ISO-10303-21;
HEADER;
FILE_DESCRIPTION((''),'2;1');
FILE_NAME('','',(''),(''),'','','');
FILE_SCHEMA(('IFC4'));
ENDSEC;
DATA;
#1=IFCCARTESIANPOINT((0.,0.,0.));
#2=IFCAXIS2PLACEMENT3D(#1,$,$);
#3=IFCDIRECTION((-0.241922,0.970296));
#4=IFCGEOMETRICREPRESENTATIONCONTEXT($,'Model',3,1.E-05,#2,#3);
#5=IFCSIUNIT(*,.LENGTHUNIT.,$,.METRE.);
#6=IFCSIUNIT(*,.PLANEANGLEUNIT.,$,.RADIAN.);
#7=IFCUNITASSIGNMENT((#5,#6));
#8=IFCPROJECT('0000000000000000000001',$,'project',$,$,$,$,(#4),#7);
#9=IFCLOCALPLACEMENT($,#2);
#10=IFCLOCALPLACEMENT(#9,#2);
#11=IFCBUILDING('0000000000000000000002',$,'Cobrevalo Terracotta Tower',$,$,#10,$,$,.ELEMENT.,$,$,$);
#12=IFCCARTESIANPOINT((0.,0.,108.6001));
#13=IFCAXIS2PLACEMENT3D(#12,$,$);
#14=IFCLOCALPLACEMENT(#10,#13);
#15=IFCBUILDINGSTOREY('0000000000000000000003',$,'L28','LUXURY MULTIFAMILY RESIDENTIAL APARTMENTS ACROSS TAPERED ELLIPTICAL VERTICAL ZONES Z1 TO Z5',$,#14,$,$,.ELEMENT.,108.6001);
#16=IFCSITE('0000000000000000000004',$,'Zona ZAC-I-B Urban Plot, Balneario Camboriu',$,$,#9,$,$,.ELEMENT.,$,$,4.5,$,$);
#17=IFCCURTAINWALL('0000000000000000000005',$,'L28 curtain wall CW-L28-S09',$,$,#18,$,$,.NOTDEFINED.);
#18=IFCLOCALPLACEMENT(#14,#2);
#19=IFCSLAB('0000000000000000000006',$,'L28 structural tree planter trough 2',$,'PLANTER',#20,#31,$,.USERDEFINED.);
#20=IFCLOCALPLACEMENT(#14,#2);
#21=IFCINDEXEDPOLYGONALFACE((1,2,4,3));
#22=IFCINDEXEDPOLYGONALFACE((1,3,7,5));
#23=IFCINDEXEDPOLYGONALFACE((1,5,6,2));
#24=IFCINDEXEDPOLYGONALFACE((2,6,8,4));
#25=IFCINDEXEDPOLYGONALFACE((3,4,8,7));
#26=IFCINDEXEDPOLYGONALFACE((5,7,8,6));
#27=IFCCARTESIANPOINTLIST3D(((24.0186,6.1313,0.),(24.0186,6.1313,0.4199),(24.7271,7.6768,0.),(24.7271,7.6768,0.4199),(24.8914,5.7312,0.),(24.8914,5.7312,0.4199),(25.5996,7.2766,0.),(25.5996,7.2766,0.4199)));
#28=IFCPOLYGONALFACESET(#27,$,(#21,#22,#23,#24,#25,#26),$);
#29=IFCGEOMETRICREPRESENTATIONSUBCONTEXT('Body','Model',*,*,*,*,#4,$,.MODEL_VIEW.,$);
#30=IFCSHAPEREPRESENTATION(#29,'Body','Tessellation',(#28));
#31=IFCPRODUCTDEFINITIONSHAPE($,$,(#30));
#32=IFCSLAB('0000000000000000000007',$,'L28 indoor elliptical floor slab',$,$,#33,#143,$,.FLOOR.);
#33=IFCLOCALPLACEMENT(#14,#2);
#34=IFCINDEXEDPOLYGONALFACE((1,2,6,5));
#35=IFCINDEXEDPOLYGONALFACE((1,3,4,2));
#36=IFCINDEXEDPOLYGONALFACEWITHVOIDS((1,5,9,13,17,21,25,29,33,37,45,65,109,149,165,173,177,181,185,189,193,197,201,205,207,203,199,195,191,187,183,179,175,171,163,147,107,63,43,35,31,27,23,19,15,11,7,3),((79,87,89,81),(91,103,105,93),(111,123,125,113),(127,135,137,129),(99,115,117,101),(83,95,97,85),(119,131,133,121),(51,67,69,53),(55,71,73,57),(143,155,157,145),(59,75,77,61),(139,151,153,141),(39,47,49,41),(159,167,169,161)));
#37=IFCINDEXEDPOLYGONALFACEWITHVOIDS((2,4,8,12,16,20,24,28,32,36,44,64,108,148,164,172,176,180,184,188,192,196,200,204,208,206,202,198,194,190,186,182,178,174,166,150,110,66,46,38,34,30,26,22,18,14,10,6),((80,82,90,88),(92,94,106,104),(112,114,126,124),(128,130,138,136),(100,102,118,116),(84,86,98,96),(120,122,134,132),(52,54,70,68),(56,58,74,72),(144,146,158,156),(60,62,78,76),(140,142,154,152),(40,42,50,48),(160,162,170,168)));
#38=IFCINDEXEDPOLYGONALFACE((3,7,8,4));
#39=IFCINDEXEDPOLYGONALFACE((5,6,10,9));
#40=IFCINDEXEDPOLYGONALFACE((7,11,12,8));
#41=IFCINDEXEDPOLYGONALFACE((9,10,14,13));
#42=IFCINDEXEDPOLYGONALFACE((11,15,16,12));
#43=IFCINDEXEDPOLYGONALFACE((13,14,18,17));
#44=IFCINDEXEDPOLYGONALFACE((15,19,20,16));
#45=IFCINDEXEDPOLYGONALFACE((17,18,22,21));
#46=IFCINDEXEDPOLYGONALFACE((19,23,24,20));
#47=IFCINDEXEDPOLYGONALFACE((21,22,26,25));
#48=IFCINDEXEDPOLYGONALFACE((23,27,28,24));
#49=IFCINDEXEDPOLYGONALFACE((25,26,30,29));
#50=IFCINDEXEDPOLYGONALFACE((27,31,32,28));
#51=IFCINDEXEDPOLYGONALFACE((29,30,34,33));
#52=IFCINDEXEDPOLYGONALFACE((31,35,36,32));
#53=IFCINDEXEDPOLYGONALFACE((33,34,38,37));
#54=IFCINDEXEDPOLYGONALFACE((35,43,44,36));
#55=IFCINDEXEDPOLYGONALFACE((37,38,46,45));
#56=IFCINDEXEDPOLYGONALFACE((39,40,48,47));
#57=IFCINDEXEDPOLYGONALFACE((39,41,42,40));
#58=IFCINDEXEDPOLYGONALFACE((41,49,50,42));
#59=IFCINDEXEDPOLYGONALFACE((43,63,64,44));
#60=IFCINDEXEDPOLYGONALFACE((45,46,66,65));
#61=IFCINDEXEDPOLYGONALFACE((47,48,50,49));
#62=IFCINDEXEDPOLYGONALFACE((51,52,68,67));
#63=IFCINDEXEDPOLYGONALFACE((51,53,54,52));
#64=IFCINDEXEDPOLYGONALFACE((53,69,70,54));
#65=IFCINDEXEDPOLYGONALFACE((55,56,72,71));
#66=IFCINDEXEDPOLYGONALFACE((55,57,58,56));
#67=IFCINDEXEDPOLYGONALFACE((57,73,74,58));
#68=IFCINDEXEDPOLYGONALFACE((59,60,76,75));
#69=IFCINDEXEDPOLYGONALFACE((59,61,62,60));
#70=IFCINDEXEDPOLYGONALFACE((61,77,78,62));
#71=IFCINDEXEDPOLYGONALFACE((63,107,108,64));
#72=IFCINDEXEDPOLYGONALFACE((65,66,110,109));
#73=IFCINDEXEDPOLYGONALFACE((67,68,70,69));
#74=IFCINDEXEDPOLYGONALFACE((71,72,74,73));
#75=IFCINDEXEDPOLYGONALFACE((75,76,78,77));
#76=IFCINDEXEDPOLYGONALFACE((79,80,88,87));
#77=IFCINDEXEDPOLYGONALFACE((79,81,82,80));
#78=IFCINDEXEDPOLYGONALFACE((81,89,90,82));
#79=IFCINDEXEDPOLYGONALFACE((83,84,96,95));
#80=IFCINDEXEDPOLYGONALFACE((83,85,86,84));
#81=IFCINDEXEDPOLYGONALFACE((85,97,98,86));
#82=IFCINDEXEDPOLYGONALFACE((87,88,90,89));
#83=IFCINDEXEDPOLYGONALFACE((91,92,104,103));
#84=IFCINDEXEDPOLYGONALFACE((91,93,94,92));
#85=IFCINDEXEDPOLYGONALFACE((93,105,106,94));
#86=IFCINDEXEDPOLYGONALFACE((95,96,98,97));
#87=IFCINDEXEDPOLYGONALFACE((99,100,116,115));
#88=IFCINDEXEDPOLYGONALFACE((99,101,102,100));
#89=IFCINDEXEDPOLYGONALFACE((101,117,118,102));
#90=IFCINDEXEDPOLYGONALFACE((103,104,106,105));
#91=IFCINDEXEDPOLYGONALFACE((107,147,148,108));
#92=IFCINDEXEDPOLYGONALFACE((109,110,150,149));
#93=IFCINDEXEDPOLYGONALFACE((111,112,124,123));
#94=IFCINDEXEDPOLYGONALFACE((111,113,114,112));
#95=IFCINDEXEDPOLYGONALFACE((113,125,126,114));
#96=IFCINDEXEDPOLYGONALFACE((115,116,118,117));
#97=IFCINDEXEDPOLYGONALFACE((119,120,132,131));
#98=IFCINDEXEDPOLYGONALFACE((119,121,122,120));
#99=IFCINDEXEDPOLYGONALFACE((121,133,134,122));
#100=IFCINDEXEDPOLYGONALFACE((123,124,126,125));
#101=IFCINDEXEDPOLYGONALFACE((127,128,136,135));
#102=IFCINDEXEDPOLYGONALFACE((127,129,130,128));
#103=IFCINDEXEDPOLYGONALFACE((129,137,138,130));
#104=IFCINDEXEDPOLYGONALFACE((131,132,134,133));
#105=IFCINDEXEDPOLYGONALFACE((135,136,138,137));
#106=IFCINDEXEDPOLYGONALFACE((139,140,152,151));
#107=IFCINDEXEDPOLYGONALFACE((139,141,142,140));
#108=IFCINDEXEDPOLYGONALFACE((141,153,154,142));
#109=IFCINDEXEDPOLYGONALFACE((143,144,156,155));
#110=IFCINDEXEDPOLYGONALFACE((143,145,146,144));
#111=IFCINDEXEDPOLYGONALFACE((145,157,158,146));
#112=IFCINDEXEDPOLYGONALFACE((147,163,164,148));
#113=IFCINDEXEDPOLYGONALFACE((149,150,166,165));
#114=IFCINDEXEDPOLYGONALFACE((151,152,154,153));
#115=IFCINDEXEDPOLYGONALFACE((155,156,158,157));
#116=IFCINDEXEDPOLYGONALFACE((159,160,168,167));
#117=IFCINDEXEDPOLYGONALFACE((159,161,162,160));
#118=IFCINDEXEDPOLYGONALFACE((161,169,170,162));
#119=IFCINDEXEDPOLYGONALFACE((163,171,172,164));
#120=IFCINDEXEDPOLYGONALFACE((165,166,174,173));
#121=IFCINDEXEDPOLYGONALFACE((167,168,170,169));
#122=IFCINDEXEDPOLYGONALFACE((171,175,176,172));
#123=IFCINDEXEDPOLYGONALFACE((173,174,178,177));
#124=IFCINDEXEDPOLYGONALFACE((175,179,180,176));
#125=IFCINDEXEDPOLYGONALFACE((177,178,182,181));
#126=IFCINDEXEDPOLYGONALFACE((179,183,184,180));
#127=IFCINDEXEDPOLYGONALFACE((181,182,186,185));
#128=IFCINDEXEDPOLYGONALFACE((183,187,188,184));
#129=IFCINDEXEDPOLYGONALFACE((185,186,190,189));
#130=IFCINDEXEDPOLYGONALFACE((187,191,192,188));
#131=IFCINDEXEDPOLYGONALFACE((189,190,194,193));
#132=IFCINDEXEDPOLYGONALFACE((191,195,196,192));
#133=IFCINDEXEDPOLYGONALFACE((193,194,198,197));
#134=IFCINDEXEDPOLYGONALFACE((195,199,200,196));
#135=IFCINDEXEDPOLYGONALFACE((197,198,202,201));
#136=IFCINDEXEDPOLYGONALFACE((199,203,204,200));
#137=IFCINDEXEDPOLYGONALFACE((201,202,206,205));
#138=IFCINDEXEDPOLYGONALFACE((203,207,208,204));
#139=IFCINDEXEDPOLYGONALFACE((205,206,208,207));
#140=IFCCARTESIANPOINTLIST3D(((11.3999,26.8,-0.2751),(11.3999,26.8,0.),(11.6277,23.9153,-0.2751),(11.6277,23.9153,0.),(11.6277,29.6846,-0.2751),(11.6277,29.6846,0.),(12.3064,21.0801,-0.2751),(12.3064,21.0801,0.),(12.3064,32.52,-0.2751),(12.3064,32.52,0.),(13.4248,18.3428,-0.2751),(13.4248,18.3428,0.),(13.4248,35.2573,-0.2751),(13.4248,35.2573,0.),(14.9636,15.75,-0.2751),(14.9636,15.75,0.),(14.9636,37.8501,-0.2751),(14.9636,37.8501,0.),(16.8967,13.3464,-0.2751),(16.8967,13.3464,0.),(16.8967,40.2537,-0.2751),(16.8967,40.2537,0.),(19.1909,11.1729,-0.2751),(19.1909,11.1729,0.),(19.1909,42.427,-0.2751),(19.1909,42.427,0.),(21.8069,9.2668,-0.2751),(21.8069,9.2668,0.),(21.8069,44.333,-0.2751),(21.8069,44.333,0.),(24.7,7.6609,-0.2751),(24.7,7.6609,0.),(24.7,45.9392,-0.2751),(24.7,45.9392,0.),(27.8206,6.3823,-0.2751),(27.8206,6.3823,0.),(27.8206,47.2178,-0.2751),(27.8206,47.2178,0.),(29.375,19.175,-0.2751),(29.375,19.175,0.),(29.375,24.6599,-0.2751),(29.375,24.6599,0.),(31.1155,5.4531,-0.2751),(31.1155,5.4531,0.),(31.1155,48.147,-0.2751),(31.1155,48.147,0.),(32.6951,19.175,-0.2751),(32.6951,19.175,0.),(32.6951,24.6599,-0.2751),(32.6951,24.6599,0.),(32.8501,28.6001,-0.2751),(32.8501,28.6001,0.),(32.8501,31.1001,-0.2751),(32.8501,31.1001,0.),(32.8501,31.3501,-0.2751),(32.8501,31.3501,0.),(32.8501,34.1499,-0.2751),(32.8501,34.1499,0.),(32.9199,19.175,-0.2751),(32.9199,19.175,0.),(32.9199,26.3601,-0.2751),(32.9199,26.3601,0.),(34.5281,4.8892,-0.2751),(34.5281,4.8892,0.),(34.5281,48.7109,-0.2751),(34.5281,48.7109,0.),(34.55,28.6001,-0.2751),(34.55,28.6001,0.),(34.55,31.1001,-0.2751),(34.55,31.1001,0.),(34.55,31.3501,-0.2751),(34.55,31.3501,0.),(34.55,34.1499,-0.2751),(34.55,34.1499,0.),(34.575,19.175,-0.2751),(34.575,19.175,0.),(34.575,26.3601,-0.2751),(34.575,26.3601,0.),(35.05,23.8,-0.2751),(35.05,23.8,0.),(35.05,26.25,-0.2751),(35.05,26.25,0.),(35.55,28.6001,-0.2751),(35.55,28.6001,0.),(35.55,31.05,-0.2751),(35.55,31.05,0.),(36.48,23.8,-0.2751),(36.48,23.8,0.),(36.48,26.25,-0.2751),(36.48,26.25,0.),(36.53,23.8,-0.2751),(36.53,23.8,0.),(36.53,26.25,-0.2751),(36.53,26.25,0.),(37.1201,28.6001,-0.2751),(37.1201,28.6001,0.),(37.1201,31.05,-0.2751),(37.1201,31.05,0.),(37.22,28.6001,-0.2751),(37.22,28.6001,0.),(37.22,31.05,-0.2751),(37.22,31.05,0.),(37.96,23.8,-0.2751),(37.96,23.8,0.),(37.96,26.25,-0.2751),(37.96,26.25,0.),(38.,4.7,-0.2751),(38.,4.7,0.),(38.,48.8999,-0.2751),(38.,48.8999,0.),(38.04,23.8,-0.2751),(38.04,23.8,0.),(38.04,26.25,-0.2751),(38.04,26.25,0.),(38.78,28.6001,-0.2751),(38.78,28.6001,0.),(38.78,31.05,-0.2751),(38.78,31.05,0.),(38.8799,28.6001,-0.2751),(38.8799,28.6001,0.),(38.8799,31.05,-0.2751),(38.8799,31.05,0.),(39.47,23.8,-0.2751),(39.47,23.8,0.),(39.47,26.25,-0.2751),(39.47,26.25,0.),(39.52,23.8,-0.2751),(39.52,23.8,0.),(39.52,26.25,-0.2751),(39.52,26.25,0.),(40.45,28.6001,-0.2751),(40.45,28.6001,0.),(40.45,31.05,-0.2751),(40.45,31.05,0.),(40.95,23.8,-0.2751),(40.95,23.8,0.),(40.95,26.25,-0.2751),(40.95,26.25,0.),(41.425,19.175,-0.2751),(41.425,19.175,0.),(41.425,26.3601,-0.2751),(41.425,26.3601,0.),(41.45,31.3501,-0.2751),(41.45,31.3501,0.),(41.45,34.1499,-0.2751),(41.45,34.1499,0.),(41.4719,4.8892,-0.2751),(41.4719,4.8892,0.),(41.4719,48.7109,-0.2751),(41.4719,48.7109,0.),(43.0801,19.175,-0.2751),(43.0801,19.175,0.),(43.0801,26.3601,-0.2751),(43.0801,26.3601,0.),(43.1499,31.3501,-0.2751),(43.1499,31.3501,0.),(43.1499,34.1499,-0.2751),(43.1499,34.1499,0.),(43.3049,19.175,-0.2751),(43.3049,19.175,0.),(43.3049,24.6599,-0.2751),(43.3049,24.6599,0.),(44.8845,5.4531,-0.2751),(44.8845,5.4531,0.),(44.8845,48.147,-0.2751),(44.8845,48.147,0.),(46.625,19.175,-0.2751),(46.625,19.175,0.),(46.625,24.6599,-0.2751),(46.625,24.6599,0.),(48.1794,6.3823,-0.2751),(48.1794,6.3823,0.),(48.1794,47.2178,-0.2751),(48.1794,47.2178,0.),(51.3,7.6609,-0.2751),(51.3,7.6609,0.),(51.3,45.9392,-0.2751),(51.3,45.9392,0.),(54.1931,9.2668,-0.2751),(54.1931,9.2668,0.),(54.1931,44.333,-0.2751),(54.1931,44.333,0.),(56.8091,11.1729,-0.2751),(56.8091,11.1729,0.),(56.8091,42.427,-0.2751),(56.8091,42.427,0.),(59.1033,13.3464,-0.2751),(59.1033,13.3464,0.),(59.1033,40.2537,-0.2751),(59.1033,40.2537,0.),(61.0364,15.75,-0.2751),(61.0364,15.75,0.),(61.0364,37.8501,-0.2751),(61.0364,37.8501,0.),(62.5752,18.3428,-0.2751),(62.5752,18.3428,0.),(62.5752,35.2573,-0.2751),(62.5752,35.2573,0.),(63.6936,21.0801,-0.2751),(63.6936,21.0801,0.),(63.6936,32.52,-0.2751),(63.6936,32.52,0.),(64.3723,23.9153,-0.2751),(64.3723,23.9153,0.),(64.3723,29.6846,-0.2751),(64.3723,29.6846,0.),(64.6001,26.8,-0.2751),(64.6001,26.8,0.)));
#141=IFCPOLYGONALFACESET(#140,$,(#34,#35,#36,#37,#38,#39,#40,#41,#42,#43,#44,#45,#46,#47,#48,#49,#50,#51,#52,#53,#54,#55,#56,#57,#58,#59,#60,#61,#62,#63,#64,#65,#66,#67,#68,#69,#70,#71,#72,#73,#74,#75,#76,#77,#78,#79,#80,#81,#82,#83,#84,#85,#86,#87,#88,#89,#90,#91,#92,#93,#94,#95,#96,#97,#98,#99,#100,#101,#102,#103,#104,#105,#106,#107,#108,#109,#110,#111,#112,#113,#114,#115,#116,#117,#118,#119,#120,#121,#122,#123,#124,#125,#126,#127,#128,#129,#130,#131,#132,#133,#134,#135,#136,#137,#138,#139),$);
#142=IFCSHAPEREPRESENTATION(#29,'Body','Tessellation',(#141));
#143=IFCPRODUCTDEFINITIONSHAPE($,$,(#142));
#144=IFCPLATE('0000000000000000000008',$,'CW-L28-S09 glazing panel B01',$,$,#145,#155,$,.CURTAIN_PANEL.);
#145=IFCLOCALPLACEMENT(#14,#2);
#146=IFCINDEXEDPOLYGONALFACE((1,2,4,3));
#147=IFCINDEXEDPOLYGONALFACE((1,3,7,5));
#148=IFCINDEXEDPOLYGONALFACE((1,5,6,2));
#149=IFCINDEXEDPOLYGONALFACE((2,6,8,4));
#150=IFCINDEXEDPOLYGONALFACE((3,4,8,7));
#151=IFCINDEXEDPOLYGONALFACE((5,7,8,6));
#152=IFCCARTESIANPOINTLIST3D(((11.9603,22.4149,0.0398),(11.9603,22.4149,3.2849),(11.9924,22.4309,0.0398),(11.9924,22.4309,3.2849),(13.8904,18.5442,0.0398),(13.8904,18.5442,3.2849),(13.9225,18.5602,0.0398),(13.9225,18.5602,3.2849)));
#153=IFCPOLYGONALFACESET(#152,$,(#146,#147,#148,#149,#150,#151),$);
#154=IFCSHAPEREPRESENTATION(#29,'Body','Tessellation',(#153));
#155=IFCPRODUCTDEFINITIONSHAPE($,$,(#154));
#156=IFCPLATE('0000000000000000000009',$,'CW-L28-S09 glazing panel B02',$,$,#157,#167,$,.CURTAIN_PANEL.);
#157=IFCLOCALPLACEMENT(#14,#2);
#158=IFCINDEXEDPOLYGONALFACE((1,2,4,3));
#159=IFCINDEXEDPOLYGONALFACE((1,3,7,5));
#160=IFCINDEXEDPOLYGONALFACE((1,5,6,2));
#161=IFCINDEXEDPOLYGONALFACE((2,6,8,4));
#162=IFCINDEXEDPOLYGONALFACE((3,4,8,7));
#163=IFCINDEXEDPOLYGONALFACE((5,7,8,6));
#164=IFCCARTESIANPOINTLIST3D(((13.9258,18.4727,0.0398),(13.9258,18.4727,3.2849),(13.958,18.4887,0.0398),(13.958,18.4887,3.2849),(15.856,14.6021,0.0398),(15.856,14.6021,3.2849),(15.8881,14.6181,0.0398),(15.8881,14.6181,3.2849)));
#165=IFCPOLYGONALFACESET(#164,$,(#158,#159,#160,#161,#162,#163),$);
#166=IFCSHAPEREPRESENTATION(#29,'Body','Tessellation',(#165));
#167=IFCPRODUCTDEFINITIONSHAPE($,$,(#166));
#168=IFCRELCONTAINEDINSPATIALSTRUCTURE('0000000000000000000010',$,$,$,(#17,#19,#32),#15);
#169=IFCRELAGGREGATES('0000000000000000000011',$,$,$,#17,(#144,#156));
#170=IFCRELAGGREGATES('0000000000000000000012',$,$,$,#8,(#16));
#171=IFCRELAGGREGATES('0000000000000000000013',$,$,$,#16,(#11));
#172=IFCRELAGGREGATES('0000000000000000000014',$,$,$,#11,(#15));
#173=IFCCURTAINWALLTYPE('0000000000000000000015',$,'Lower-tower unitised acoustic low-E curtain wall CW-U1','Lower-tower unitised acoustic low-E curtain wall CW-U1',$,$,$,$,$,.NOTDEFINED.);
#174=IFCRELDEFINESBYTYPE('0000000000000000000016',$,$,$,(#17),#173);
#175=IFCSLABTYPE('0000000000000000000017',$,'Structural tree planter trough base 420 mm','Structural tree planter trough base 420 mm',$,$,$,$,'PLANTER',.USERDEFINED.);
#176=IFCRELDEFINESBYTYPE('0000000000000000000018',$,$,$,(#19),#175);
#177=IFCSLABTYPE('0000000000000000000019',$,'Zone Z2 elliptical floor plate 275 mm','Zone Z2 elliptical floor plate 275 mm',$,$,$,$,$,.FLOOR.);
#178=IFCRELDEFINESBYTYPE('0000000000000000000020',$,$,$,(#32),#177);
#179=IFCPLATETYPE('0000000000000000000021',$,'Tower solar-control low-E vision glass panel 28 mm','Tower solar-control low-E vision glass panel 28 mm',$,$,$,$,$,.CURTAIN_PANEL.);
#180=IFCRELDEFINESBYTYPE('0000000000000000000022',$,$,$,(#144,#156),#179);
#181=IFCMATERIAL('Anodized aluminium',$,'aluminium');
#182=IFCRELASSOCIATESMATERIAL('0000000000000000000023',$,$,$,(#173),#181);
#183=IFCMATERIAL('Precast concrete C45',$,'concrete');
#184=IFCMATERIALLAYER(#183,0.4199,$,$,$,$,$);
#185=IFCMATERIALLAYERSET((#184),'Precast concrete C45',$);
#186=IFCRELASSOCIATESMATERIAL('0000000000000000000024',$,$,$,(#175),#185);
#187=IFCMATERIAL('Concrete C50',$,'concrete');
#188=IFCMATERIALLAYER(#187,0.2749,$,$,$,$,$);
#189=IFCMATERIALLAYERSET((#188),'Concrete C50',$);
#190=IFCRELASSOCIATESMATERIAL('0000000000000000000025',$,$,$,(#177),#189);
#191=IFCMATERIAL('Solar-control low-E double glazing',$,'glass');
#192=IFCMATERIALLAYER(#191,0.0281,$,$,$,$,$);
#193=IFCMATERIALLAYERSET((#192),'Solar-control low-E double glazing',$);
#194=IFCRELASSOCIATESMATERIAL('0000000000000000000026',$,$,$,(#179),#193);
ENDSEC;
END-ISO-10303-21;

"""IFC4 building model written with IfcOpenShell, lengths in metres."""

from ifc_helpers import new_model, si_unit, direction, frame, origin, origin_2d, place, context, subcontext, project, spatial, polyline, rectangle, outline, extrude, source, transform, mapped, material, layer, layer_set, type_object, element, aggregate, save


model = new_model("IFC4")

# Units and contexts
model_context = context("Model", 3, precision=1e-05, world=origin(), true_north=direction((-0.241922, 0.970296)))
body_context = subcontext(model_context, "Body", "Model", "MODEL_VIEW")
ifc_project = project(units=[si_unit("LENGTHUNIT", "METRE"), si_unit("PLANEANGLEUNIT", "RADIAN")], contexts=[model_context])

# Site, building, storey
site_placement = place(None, origin())
site = spatial("IfcSite", under=ifc_project, at=site_placement, Name="Zona ZAC-I-B Urban Plot, Balneario Camboriu", CompositionType="ELEMENT", RefElevation=4.5)
building_placement = place(site_placement, origin())
building = spatial("IfcBuilding", under=site, at=building_placement, Name="Cobrevalo Terracotta Tower", CompositionType="ELEMENT")
storey_placement = place(building_placement, frame((0.0, 0.0, 108.6001)))
storey = spatial("IfcBuildingStorey", under=building, at=storey_placement, Name="L28", Description="LUXURY MULTIFAMILY RESIDENTIAL APARTMENTS ACROSS TAPERED ELLIPTICAL VERTICAL ZONES Z1 TO Z5", CompositionType="ELEMENT", Elevation=108.6001)

# Shared definitions
ifc_material_1 = material(Name="Anodized aluminium", Category="aluminium")
curtain_wall_type = type_object("IfcCurtainWallType", Name="Lower-tower unitised acoustic low-E curtain wall CW-U1", Description="Lower-tower unitised acoustic low-E curtain wall CW-U1", PredefinedType="NOTDEFINED", material=ifc_material_1)

# Curtain wall
curtain_wall_1_placement = place(storey_placement, origin())
curtain_wall_1 = element("IfcCurtainWall", 1, at=curtain_wall_1_placement, inside=storey, type_object=curtain_wall_type, Name="L28 curtain wall CW-L28-S09", PredefinedType="NOTDEFINED")

# Shared definitions
ifc_material_2 = material(Name="Concrete C50", Category="concrete")

# Slabs
ifc_material_3 = material(Name="Precast concrete C45", Category="concrete")
ifc_layer_1 = layer(ifc_material_3, 0.4199)
ifc_layer_set_1 = layer_set([ifc_layer_1], Name="Precast concrete C45")
slab_type_1 = type_object("IfcSlabType", Name="Structural tree planter trough base 420 mm", Description="Structural tree planter trough base 420 mm", ElementType="PLANTER", PredefinedType="USERDEFINED", material=ifc_layer_set_1)
slab_1_placement = place(storey_placement, origin())
element("IfcSlab", 2, at=slab_1_placement, inside=storey, type_object=slab_type_1, Name="L28 structural tree planter trough 2", ObjectType="PLANTER", PredefinedType="USERDEFINED", context=body_context, shape_type="SweptSolid", body=[
    extrude(outline(polyline([(24.7271, 7.6768), (24.0186, 6.1313), (24.8914, 5.7312), (25.5996, 7.2766), (24.7271, 7.6768)])), origin(), (0.0, 0.0, 1.0), 0.4199),
])
ifc_layer_2 = layer(ifc_material_2, 0.2749)
ifc_layer_set_2 = layer_set([ifc_layer_2], Name="Concrete C50")
slab_type_2 = type_object("IfcSlabType", Name="Zone Z2 elliptical floor plate 275 mm", Description="Zone Z2 elliptical floor plate 275 mm", PredefinedType="FLOOR", material=ifc_layer_set_2)
slab_2_placement = place(storey_placement, frame((0.0, 0.0, -0.2751)))
element("IfcSlab", 3, at=slab_2_placement, inside=storey, type_object=slab_type_2, Name="L28 indoor elliptical floor slab", PredefinedType="FLOOR", context=body_context, shape_type="SweptSolid", body=[
    extrude(outline(polyline([(64.3723, 23.9153), (63.6936, 21.0801), (62.5752, 18.3428), (61.0364, 15.75), (59.1033, 13.3464), (56.8091, 11.1729), (54.1931, 9.2668), (51.3, 7.6609), (48.1794, 6.3823), (44.8845, 5.4531), (41.4719, 4.8892), (38.0, 4.7), (34.5281, 4.8892), (31.1155, 5.4531), (27.8206, 6.3823), (24.7, 7.6609), (21.8069, 9.2668), (19.1909, 11.1729), (16.8967, 13.3464), (14.9636, 15.75), (13.4248, 18.3428), (12.3064, 21.0801), (11.6277, 23.9153), (11.3999, 26.8), (11.6277, 29.6846), (12.3064, 32.52), (13.4248, 35.2573), (14.9636, 37.8501), (16.8967, 40.2537), (19.1909, 42.427), (21.8069, 44.333), (24.7, 45.9392), (27.8206, 47.2178), (31.1155, 48.147), (34.5281, 48.7109), (38.0, 48.8999), (41.4719, 48.7109), (44.8845, 48.147), (48.1794, 47.2178), (51.3, 45.9392), (54.1931, 44.333), (56.8091, 42.427), (59.1033, 40.2537), (61.0364, 37.8501), (62.5752, 35.2573), (63.6936, 32.52), (64.3723, 29.6846), (64.6001, 26.8), (64.3723, 23.9153)]), holes=[polyline([(32.6951, 19.175), (32.6951, 24.6599), (29.375, 24.6599), (29.375, 19.175), (32.6951, 19.175)]), polyline([(34.575, 19.175), (34.575, 26.3601), (32.9199, 26.3601), (32.9199, 19.175), (34.575, 19.175)]), polyline([(36.48, 23.8), (36.48, 26.25), (35.05, 26.25), (35.05, 23.8), (36.48, 23.8)]), polyline([(37.96, 23.8), (37.96, 26.25), (36.53, 26.25), (36.53, 23.8), (37.96, 23.8)]), polyline([(37.1201, 28.6001), (37.1201, 31.05), (35.55, 31.05), (35.55, 28.6001), (37.1201, 28.6001)]), polyline([(34.55, 28.6001), (34.55, 31.1001), (32.8501, 31.1001), (32.8501, 28.6001), (34.55, 28.6001)]), polyline([(34.55, 31.3501), (34.55, 34.1499), (32.8501, 34.1499), (32.8501, 31.3501), (34.55, 31.3501)]), polyline([(46.625, 19.175), (46.625, 24.6599), (43.3049, 24.6599), (43.3049, 19.175), (46.625, 19.175)]), polyline([(43.0801, 19.175), (43.0801, 26.3601), (41.425, 26.3601), (41.425, 19.175), (43.0801, 19.175)]), polyline([(39.47, 23.8), (39.47, 26.25), (38.04, 26.25), (38.04, 23.8), (39.47, 23.8)]), polyline([(40.95, 23.8), (40.95, 26.25), (39.52, 26.25), (39.52, 23.8), (40.95, 23.8)]), polyline([(38.78, 28.6001), (38.78, 31.05), (37.22, 31.05), (37.22, 28.6001), (38.78, 28.6001)]), polyline([(40.45, 28.6001), (40.45, 31.05), (38.8799, 31.05), (38.8799, 28.6001), (40.45, 28.6001)]), polyline([(43.1499, 31.3501), (43.1499, 34.1499), (41.45, 34.1499), (41.45, 31.3501), (43.1499, 31.3501)])]), origin(), (0.0, 0.0, 1.0), 0.2751),
])

# Plates
ifc_material_4 = material(Name="Solar-control low-E double glazing", Category="glass")
ifc_layer_3 = layer(ifc_material_4, 0.0281)
ifc_layer_set_3 = layer_set([ifc_layer_3], Name="Solar-control low-E double glazing")
plate_type = type_object("IfcPlateType", Name="Tower solar-control low-E vision glass panel 28 mm", Description="Tower solar-control low-E vision glass panel 28 mm", PredefinedType="CURTAIN_PANEL", material=ifc_layer_set_3)
shared_shape_1 = source(origin(), body_context, "Body", "SweptSolid", [
    extrude(rectangle(XDim=4.3252, YDim=0.0359, at=origin_2d()), origin(), (0.0, 0.0, 1.0), 3.2451),
])
plate_1_placement = place(storey_placement, frame((12.9414, 20.4875, 0.0398), z_axis=(0.0, 0.0, 1.0), x_axis=(0.446262, -0.894902, 0.0)))
plate_1 = element("IfcPlate", 4, at=plate_1_placement, type_object=plate_type, Name="CW-L28-S09 glazing panel B01", PredefinedType="CURTAIN_PANEL", context=body_context, shape_type="MappedRepresentation", body=[
    mapped(shared_shape_1, transform((0.0, 0.0, 0.0), scale=1.0)),
])
plate_2_placement = place(storey_placement, frame((14.907, 16.5454, 0.0398), z_axis=(0.0, 0.0, 1.0), x_axis=(0.446262, -0.894902, 0.0)))
plate_2 = element("IfcPlate", 5, at=plate_2_placement, type_object=plate_type, Name="CW-L28-S09 glazing panel B02", PredefinedType="CURTAIN_PANEL", context=body_context, shape_type="MappedRepresentation", body=[
    mapped(shared_shape_1, transform((0.0, 0.0, 0.0), scale=1.0)),
])
aggregate(curtain_wall_1, [plate_1, plate_2])

save(model, "model.ifc")
